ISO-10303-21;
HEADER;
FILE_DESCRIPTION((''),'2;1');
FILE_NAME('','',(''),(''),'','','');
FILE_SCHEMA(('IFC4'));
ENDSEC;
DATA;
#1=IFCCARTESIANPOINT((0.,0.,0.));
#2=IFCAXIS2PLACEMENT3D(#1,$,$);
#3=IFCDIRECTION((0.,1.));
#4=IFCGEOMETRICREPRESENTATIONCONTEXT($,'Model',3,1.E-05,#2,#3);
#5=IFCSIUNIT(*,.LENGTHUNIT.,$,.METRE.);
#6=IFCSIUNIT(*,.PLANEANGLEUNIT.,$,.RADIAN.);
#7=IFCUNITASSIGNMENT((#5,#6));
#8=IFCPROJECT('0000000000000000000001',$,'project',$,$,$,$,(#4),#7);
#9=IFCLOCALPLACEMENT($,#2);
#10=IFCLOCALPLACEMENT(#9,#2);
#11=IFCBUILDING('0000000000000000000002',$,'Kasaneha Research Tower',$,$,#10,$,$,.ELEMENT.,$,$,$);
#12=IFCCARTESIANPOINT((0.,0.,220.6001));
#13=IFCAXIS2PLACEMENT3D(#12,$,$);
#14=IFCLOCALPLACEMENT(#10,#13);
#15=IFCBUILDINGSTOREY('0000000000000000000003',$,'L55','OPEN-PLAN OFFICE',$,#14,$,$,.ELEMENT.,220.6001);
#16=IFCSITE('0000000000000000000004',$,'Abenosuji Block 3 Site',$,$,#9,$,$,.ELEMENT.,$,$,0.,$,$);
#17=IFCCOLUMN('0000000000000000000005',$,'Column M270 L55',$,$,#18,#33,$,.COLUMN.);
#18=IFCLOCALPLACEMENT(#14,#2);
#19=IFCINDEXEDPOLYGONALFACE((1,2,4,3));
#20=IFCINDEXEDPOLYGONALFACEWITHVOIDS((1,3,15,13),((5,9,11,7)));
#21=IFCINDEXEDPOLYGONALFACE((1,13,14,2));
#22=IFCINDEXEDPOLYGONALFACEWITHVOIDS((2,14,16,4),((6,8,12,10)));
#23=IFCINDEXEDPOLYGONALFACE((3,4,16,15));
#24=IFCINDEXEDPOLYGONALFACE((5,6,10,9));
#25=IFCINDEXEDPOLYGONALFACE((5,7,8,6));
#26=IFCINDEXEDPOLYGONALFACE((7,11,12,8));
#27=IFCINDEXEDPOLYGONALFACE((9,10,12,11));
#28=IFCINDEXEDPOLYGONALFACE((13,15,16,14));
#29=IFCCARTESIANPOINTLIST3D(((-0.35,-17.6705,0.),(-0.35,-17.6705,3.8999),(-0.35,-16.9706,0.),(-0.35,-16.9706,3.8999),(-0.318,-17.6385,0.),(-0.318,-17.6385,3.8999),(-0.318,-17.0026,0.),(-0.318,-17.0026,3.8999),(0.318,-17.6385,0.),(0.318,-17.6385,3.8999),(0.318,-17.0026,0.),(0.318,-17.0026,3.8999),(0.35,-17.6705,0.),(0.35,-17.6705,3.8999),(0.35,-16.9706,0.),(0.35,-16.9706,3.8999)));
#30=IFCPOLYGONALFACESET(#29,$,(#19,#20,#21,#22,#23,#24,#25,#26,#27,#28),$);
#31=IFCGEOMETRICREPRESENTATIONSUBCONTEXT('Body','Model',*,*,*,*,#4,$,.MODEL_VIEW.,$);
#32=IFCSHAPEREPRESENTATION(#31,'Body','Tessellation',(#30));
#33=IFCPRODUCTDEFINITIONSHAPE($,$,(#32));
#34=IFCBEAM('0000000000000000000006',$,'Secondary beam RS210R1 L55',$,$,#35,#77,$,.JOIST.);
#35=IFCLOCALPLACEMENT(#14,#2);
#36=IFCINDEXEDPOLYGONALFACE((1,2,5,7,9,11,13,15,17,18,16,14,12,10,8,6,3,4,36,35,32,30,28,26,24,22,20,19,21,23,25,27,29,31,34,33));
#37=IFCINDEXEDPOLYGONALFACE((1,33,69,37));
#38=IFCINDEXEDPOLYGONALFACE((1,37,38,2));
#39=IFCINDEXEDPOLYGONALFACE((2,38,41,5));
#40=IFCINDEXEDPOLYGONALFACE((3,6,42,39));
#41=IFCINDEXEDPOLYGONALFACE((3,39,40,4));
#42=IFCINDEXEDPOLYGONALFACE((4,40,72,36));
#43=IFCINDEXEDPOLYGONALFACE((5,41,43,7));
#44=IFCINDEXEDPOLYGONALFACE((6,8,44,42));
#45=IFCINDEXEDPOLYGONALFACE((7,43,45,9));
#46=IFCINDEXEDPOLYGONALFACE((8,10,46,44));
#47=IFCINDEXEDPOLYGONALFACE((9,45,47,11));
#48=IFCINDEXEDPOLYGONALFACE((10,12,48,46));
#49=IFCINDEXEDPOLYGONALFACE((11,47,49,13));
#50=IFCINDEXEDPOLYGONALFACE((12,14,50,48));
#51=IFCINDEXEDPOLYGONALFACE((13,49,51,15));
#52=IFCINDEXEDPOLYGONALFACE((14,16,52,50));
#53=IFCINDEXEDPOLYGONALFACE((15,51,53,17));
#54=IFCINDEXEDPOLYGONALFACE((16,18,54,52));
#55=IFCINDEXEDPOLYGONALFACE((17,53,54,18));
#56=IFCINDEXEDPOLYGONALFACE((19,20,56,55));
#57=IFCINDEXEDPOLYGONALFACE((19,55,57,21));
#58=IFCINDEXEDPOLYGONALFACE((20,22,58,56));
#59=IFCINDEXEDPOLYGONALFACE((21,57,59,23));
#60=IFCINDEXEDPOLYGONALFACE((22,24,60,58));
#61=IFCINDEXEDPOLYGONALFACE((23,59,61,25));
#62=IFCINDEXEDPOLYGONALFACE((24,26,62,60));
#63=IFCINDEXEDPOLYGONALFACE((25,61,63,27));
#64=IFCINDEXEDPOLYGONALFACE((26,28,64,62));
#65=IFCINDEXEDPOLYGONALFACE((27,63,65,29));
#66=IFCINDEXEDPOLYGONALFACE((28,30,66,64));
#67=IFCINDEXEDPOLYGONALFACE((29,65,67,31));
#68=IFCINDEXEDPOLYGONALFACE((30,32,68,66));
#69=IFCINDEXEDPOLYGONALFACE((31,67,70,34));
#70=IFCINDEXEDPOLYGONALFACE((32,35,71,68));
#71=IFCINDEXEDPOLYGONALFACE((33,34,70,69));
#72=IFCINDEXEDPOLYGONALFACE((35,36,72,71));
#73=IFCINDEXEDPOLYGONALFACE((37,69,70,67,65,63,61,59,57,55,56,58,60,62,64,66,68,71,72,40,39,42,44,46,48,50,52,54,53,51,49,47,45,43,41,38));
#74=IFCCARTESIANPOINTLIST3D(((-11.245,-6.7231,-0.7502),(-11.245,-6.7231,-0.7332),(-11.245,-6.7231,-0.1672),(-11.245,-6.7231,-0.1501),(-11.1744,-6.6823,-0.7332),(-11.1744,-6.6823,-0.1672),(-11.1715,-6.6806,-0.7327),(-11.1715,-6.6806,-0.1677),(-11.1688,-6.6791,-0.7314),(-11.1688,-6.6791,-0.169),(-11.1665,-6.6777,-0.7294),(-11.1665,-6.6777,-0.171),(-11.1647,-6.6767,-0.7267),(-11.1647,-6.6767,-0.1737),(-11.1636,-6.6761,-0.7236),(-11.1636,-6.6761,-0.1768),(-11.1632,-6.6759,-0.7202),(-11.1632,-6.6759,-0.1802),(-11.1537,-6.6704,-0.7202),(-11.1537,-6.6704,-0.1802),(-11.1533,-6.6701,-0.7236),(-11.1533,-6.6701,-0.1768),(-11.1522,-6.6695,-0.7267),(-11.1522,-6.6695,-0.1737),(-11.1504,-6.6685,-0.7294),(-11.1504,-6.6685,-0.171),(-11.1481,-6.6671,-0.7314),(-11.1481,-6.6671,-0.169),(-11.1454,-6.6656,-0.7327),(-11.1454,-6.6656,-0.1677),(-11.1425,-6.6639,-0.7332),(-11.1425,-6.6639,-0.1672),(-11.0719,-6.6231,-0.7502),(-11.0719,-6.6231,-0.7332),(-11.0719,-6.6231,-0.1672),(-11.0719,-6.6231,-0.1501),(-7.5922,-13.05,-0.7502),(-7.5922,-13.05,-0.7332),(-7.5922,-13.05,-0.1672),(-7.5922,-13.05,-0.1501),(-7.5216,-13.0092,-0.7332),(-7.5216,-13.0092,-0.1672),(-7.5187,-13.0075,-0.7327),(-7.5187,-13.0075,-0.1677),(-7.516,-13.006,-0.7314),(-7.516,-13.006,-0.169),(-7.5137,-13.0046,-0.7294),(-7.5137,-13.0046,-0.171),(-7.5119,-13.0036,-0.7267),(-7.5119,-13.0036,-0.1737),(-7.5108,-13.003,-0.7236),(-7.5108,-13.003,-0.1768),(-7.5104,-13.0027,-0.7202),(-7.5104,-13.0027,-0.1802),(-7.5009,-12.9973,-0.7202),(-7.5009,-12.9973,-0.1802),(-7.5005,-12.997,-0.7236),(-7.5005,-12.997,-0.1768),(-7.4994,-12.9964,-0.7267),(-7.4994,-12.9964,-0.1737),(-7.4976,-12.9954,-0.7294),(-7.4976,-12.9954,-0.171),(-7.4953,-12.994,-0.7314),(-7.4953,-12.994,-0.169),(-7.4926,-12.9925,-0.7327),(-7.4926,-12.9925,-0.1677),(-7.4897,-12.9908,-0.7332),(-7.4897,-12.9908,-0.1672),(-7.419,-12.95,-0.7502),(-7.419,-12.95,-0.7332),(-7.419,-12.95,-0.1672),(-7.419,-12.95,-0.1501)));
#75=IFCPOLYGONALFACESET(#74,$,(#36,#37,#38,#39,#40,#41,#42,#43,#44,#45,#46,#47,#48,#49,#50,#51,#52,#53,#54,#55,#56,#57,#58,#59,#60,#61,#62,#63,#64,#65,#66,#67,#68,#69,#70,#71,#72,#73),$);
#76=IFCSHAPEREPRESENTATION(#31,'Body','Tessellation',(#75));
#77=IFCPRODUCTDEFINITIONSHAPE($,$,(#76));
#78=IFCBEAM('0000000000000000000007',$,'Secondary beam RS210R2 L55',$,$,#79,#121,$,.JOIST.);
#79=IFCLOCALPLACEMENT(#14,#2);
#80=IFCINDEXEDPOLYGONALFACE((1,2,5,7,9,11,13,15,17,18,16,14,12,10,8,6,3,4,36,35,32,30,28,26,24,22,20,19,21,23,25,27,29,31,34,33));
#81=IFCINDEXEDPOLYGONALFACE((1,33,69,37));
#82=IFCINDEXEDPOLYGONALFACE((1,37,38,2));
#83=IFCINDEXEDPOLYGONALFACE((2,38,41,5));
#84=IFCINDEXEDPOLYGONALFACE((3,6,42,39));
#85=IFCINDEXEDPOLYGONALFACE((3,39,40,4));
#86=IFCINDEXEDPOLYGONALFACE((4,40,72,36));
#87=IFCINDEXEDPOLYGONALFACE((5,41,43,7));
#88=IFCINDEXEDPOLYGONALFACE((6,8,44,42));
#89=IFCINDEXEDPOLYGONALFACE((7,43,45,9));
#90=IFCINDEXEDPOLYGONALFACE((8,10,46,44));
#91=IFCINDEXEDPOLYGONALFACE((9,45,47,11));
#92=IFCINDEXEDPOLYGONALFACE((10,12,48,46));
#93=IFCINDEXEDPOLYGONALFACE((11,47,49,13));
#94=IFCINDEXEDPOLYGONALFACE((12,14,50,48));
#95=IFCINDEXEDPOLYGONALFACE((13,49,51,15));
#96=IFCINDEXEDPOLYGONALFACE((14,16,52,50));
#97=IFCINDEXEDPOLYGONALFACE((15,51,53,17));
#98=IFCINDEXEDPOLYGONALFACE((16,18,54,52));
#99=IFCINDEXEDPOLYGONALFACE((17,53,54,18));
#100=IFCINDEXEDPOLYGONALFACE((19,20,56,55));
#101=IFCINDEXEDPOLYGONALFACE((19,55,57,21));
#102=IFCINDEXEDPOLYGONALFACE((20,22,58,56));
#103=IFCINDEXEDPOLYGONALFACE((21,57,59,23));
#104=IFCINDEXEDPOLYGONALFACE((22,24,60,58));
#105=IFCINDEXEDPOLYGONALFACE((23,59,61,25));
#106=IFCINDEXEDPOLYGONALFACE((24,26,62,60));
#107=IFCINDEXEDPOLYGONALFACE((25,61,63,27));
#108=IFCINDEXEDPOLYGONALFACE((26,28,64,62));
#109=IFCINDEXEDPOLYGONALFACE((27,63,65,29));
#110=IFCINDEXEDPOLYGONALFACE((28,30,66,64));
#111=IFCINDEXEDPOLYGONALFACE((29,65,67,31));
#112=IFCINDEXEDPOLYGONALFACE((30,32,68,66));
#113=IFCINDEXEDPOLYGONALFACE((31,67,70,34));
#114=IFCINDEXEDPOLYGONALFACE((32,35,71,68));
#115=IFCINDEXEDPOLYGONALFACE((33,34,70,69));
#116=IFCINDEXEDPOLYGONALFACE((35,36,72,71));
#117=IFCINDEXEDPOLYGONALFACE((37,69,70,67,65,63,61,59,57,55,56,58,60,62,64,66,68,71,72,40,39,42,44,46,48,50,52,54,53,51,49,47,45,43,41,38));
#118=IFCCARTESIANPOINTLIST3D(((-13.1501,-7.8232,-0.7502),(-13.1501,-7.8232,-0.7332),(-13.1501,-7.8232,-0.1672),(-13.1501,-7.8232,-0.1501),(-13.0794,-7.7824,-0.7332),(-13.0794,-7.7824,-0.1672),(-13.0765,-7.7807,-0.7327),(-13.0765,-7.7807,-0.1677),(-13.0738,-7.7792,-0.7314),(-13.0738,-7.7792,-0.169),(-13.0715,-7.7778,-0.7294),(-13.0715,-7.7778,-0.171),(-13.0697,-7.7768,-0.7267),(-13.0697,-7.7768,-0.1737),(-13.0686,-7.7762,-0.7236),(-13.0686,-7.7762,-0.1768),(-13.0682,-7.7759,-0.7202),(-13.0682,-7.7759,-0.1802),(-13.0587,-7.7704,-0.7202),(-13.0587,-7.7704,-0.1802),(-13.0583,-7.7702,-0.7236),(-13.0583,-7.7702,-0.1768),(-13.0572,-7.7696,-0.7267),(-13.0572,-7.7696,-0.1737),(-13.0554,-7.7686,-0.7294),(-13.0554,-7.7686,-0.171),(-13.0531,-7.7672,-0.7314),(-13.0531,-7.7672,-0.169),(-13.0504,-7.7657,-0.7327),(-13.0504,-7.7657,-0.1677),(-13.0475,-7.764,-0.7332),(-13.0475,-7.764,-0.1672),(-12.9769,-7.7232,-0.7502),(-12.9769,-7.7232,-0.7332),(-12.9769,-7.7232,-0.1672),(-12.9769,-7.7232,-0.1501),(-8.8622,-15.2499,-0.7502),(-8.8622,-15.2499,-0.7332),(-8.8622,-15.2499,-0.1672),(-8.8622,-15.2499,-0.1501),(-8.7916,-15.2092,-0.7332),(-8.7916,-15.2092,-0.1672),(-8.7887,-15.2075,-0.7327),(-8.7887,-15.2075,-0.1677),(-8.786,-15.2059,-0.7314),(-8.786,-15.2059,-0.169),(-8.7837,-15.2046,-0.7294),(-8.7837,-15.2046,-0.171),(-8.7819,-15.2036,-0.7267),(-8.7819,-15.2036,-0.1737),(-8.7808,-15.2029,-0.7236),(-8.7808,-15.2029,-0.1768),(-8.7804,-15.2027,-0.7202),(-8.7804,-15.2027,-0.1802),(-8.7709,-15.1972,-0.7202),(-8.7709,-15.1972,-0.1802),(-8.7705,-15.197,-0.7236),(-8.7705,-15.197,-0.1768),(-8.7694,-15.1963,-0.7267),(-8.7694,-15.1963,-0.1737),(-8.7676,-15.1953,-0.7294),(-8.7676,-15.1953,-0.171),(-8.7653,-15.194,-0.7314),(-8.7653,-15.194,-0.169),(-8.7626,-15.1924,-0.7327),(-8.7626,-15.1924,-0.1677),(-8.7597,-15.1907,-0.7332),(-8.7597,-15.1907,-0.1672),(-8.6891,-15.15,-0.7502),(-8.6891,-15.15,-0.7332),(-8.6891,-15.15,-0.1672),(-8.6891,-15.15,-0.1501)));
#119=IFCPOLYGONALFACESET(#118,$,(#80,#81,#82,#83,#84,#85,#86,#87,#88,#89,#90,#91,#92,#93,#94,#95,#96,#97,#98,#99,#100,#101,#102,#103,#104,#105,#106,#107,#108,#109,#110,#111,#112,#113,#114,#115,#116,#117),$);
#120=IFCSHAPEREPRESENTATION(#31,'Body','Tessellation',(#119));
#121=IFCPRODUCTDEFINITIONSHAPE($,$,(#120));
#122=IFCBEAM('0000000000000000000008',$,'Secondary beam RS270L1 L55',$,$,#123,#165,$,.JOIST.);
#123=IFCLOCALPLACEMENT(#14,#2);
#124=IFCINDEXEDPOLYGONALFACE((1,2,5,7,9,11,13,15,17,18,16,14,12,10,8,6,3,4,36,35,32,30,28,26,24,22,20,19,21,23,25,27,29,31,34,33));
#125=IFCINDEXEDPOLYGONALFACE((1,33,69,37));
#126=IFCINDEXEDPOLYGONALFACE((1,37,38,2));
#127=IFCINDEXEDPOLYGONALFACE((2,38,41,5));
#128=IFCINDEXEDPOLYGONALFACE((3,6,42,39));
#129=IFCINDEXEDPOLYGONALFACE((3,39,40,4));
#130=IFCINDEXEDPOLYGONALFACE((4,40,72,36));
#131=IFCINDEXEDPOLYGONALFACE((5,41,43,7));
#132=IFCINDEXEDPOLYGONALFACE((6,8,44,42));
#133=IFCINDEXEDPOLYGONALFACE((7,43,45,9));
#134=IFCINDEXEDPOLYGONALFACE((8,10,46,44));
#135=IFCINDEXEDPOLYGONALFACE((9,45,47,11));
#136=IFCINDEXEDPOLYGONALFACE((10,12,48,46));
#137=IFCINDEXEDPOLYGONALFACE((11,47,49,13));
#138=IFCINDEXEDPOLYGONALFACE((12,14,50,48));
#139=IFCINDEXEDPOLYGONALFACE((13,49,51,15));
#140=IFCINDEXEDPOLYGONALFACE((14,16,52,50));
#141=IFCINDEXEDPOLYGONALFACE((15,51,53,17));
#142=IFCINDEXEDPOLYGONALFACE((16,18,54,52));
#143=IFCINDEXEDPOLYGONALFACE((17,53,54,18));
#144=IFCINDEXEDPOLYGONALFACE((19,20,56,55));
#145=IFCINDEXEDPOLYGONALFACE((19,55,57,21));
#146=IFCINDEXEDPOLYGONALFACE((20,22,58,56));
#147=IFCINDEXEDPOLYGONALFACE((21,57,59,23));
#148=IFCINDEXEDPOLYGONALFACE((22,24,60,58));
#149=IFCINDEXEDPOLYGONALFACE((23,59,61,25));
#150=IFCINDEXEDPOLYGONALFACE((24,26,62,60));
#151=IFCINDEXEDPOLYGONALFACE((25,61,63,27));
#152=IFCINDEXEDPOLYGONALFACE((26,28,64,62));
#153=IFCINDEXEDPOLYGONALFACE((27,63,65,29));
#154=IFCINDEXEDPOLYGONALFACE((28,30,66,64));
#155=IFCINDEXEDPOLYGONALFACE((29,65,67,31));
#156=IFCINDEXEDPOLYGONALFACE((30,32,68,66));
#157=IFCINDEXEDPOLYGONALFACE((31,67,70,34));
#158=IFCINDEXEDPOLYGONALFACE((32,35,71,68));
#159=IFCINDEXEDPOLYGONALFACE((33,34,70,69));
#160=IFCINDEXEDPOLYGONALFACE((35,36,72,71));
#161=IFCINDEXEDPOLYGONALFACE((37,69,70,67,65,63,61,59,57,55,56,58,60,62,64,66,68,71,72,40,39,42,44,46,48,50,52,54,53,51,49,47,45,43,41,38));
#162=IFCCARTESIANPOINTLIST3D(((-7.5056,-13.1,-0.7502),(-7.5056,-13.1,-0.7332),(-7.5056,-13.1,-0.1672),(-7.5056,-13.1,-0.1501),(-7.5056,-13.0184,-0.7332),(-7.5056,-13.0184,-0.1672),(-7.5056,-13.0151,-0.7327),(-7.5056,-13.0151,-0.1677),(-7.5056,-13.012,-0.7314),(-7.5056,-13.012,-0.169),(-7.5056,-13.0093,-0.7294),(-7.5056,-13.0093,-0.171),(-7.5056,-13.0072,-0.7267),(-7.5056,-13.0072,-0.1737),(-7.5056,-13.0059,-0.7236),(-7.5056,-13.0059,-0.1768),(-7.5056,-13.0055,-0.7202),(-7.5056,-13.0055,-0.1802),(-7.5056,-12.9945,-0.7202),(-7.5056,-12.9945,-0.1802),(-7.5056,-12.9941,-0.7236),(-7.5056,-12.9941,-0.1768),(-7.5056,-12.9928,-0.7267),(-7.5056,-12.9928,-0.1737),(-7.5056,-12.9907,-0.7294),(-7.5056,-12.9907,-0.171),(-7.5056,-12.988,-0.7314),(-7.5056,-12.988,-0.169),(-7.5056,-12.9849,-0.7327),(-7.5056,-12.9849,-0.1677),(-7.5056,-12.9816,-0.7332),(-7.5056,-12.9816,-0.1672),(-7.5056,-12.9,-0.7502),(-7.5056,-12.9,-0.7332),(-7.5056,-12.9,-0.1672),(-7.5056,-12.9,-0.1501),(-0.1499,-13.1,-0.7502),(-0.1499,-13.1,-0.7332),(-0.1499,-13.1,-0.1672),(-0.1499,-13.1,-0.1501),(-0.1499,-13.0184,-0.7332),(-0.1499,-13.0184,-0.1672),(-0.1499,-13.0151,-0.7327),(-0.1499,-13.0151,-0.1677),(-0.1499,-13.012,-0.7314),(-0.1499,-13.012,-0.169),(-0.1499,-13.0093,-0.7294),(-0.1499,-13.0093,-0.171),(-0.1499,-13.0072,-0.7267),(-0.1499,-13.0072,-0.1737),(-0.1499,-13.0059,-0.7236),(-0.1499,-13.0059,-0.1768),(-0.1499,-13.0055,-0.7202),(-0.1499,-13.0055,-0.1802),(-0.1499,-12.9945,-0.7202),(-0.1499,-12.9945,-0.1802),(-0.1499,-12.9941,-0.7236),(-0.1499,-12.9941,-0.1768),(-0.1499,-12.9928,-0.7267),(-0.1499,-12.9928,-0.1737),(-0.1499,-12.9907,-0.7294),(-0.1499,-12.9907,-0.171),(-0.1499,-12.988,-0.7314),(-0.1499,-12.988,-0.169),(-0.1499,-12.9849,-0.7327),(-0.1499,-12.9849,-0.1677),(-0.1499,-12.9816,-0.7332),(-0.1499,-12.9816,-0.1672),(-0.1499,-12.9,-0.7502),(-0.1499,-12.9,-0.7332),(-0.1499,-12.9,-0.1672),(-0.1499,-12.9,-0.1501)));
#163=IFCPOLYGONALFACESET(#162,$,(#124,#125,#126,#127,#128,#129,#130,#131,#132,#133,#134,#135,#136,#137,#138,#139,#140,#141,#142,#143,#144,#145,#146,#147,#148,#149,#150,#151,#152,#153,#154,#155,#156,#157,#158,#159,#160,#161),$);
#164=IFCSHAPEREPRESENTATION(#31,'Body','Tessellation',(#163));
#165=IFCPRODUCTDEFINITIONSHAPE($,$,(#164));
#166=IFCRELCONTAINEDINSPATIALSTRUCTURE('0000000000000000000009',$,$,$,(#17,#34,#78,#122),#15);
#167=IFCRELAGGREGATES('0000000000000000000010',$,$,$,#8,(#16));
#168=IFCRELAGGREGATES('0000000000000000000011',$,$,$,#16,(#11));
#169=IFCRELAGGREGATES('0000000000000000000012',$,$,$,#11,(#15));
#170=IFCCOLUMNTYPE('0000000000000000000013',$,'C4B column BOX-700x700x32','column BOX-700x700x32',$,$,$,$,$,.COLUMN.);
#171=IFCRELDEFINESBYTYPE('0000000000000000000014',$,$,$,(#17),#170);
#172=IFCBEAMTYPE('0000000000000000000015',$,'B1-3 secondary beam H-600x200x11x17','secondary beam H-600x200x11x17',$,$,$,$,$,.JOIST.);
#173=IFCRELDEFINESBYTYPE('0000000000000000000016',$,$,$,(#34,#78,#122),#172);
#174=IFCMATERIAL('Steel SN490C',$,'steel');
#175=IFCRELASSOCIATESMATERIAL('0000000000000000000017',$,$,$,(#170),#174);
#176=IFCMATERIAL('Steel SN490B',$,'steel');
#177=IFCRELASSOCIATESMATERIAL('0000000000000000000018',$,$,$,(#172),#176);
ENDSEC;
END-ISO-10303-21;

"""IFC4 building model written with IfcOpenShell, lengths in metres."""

from ifc_helpers import new_model, si_unit, direction, frame, origin, origin_2d, place, context, subcontext, project, spatial, hollow_rectangle, i_section, extrude, material, material_profile, profile_set, type_object, element, save


model = new_model("IFC4")

# Units and contexts
model_context = context("Model", 3, precision=1e-05, world=origin(), true_north=direction((0.0, 1.0)))
body_context = subcontext(model_context, "Body", "Model", "MODEL_VIEW")
ifc_project = project(units=[si_unit("LENGTHUNIT", "METRE"), si_unit("PLANEANGLEUNIT", "RADIAN")], contexts=[model_context])

# Site, building, storey
site_placement = place(None, origin())
site = spatial("IfcSite", under=ifc_project, at=site_placement, Name="Abenosuji Block 3 Site", CompositionType="ELEMENT", RefElevation=0.0)
building_placement = place(site_placement, origin())
building = spatial("IfcBuilding", under=site, at=building_placement, Name="Kasaneha Research Tower", CompositionType="ELEMENT")
storey_placement = place(building_placement, frame((0.0, 0.0, 220.6001)))
storey = spatial("IfcBuildingStorey", under=building, at=storey_placement, Name="L55", Description="OPEN-PLAN OFFICE", CompositionType="ELEMENT", Elevation=220.6001)

# Column
ifc_material_1 = material(Name="Steel SN490C", Category="steel")
ifc_material_profile_1 = material_profile(ifc_material_1, hollow_rectangle(XDim=0.7, YDim=0.7, WallThickness=0.032, at=origin_2d()), Name="BOX-700x700x32")
ifc_profile_set_1 = profile_set([ifc_material_profile_1], Name="Steel SN490C")
column_type = type_object("IfcColumnType", Name="C4B column BOX-700x700x32", Description="column BOX-700x700x32", PredefinedType="COLUMN", material=ifc_profile_set_1)
column_placement = place(storey_placement, frame((0.0, -17.3206, 0.0), z_axis=(0.0, 0.0, 1.0), x_axis=(1.0, 0.0, 0.0)))
element("IfcColumn", 1, at=column_placement, inside=storey, type_object=column_type, Name="Column M270 L55", PredefinedType="COLUMN", context=body_context, shape_type="SweptSolid", body=[
    extrude(hollow_rectangle(XDim=0.7, YDim=0.7, WallThickness=0.032, at=origin_2d()), origin(), (0.0, 0.0, 1.0), 3.8999),
])

# Beams
ifc_material_2 = material(Name="Steel SN490B", Category="steel")
ifc_material_profile_2 = material_profile(ifc_material_2, i_section(OverallWidth=0.2, OverallDepth=0.6001, WebThickness=0.011, FlangeThickness=0.0171, FilletRadius=0.0129, at=origin_2d()), Name="H-600x200x11x17")
ifc_profile_set_2 = profile_set([ifc_material_profile_2], Name="Steel SN490B")
beam_type_1 = type_object("IfcBeamType", Name="B1-3 secondary beam H-600x200x11x17", Description="secondary beam H-600x200x11x17", PredefinedType="JOIST", material=ifc_profile_set_2)
beam_1_placement = place(storey_placement, frame((-7.5056, -13.0, -0.4502), z_axis=(-0.499999, 0.866026, 0.0), x_axis=(-0.866026, -0.499999, 0.0)))
element("IfcBeam", 2, at=beam_1_placement, inside=storey, type_object=beam_type_1, Name="Secondary beam RS210R1 L55", PredefinedType="JOIST", context=body_context, shape_type="SweptSolid", body=[
    extrude(i_section(OverallWidth=0.2, OverallDepth=0.6001, WebThickness=0.011, FlangeThickness=0.0171, FilletRadius=0.0129, at=origin_2d()), origin(), (0.0, 0.0, 1.0), 7.3057),
])
beam_2_placement = place(storey_placement, frame((-8.7756, -15.2, -0.4502), z_axis=(-0.5, 0.866025, 0.0), x_axis=(-0.866025, -0.5, 0.0)))
element("IfcBeam", 3, at=beam_2_placement, inside=storey, type_object=beam_type_1, Name="Secondary beam RS210R2 L55", PredefinedType="JOIST", context=body_context, shape_type="SweptSolid", body=[
    extrude(i_section(OverallWidth=0.2, OverallDepth=0.6001, WebThickness=0.011, FlangeThickness=0.0171, FilletRadius=0.0129, at=origin_2d()), origin(), (0.0, 0.0, 1.0), 8.5757),
])
beam_3_placement = place(storey_placement, frame((-7.5056, -13.0, -0.4502), z_axis=(1.0, 0.0, 0.0), x_axis=(0.0, 1.0, 0.0)))
element("IfcBeam", 4, at=beam_3_placement, inside=storey, type_object=beam_type_1, Name="Secondary beam RS270L1 L55", PredefinedType="JOIST", context=body_context, shape_type="SweptSolid", body=[
    extrude(i_section(OverallWidth=0.2, OverallDepth=0.6001, WebThickness=0.011, FlangeThickness=0.0171, FilletRadius=0.0129, at=origin_2d()), origin(), (0.0, 0.0, 1.0), 7.3557),
])

save(model, "model.ifc")
